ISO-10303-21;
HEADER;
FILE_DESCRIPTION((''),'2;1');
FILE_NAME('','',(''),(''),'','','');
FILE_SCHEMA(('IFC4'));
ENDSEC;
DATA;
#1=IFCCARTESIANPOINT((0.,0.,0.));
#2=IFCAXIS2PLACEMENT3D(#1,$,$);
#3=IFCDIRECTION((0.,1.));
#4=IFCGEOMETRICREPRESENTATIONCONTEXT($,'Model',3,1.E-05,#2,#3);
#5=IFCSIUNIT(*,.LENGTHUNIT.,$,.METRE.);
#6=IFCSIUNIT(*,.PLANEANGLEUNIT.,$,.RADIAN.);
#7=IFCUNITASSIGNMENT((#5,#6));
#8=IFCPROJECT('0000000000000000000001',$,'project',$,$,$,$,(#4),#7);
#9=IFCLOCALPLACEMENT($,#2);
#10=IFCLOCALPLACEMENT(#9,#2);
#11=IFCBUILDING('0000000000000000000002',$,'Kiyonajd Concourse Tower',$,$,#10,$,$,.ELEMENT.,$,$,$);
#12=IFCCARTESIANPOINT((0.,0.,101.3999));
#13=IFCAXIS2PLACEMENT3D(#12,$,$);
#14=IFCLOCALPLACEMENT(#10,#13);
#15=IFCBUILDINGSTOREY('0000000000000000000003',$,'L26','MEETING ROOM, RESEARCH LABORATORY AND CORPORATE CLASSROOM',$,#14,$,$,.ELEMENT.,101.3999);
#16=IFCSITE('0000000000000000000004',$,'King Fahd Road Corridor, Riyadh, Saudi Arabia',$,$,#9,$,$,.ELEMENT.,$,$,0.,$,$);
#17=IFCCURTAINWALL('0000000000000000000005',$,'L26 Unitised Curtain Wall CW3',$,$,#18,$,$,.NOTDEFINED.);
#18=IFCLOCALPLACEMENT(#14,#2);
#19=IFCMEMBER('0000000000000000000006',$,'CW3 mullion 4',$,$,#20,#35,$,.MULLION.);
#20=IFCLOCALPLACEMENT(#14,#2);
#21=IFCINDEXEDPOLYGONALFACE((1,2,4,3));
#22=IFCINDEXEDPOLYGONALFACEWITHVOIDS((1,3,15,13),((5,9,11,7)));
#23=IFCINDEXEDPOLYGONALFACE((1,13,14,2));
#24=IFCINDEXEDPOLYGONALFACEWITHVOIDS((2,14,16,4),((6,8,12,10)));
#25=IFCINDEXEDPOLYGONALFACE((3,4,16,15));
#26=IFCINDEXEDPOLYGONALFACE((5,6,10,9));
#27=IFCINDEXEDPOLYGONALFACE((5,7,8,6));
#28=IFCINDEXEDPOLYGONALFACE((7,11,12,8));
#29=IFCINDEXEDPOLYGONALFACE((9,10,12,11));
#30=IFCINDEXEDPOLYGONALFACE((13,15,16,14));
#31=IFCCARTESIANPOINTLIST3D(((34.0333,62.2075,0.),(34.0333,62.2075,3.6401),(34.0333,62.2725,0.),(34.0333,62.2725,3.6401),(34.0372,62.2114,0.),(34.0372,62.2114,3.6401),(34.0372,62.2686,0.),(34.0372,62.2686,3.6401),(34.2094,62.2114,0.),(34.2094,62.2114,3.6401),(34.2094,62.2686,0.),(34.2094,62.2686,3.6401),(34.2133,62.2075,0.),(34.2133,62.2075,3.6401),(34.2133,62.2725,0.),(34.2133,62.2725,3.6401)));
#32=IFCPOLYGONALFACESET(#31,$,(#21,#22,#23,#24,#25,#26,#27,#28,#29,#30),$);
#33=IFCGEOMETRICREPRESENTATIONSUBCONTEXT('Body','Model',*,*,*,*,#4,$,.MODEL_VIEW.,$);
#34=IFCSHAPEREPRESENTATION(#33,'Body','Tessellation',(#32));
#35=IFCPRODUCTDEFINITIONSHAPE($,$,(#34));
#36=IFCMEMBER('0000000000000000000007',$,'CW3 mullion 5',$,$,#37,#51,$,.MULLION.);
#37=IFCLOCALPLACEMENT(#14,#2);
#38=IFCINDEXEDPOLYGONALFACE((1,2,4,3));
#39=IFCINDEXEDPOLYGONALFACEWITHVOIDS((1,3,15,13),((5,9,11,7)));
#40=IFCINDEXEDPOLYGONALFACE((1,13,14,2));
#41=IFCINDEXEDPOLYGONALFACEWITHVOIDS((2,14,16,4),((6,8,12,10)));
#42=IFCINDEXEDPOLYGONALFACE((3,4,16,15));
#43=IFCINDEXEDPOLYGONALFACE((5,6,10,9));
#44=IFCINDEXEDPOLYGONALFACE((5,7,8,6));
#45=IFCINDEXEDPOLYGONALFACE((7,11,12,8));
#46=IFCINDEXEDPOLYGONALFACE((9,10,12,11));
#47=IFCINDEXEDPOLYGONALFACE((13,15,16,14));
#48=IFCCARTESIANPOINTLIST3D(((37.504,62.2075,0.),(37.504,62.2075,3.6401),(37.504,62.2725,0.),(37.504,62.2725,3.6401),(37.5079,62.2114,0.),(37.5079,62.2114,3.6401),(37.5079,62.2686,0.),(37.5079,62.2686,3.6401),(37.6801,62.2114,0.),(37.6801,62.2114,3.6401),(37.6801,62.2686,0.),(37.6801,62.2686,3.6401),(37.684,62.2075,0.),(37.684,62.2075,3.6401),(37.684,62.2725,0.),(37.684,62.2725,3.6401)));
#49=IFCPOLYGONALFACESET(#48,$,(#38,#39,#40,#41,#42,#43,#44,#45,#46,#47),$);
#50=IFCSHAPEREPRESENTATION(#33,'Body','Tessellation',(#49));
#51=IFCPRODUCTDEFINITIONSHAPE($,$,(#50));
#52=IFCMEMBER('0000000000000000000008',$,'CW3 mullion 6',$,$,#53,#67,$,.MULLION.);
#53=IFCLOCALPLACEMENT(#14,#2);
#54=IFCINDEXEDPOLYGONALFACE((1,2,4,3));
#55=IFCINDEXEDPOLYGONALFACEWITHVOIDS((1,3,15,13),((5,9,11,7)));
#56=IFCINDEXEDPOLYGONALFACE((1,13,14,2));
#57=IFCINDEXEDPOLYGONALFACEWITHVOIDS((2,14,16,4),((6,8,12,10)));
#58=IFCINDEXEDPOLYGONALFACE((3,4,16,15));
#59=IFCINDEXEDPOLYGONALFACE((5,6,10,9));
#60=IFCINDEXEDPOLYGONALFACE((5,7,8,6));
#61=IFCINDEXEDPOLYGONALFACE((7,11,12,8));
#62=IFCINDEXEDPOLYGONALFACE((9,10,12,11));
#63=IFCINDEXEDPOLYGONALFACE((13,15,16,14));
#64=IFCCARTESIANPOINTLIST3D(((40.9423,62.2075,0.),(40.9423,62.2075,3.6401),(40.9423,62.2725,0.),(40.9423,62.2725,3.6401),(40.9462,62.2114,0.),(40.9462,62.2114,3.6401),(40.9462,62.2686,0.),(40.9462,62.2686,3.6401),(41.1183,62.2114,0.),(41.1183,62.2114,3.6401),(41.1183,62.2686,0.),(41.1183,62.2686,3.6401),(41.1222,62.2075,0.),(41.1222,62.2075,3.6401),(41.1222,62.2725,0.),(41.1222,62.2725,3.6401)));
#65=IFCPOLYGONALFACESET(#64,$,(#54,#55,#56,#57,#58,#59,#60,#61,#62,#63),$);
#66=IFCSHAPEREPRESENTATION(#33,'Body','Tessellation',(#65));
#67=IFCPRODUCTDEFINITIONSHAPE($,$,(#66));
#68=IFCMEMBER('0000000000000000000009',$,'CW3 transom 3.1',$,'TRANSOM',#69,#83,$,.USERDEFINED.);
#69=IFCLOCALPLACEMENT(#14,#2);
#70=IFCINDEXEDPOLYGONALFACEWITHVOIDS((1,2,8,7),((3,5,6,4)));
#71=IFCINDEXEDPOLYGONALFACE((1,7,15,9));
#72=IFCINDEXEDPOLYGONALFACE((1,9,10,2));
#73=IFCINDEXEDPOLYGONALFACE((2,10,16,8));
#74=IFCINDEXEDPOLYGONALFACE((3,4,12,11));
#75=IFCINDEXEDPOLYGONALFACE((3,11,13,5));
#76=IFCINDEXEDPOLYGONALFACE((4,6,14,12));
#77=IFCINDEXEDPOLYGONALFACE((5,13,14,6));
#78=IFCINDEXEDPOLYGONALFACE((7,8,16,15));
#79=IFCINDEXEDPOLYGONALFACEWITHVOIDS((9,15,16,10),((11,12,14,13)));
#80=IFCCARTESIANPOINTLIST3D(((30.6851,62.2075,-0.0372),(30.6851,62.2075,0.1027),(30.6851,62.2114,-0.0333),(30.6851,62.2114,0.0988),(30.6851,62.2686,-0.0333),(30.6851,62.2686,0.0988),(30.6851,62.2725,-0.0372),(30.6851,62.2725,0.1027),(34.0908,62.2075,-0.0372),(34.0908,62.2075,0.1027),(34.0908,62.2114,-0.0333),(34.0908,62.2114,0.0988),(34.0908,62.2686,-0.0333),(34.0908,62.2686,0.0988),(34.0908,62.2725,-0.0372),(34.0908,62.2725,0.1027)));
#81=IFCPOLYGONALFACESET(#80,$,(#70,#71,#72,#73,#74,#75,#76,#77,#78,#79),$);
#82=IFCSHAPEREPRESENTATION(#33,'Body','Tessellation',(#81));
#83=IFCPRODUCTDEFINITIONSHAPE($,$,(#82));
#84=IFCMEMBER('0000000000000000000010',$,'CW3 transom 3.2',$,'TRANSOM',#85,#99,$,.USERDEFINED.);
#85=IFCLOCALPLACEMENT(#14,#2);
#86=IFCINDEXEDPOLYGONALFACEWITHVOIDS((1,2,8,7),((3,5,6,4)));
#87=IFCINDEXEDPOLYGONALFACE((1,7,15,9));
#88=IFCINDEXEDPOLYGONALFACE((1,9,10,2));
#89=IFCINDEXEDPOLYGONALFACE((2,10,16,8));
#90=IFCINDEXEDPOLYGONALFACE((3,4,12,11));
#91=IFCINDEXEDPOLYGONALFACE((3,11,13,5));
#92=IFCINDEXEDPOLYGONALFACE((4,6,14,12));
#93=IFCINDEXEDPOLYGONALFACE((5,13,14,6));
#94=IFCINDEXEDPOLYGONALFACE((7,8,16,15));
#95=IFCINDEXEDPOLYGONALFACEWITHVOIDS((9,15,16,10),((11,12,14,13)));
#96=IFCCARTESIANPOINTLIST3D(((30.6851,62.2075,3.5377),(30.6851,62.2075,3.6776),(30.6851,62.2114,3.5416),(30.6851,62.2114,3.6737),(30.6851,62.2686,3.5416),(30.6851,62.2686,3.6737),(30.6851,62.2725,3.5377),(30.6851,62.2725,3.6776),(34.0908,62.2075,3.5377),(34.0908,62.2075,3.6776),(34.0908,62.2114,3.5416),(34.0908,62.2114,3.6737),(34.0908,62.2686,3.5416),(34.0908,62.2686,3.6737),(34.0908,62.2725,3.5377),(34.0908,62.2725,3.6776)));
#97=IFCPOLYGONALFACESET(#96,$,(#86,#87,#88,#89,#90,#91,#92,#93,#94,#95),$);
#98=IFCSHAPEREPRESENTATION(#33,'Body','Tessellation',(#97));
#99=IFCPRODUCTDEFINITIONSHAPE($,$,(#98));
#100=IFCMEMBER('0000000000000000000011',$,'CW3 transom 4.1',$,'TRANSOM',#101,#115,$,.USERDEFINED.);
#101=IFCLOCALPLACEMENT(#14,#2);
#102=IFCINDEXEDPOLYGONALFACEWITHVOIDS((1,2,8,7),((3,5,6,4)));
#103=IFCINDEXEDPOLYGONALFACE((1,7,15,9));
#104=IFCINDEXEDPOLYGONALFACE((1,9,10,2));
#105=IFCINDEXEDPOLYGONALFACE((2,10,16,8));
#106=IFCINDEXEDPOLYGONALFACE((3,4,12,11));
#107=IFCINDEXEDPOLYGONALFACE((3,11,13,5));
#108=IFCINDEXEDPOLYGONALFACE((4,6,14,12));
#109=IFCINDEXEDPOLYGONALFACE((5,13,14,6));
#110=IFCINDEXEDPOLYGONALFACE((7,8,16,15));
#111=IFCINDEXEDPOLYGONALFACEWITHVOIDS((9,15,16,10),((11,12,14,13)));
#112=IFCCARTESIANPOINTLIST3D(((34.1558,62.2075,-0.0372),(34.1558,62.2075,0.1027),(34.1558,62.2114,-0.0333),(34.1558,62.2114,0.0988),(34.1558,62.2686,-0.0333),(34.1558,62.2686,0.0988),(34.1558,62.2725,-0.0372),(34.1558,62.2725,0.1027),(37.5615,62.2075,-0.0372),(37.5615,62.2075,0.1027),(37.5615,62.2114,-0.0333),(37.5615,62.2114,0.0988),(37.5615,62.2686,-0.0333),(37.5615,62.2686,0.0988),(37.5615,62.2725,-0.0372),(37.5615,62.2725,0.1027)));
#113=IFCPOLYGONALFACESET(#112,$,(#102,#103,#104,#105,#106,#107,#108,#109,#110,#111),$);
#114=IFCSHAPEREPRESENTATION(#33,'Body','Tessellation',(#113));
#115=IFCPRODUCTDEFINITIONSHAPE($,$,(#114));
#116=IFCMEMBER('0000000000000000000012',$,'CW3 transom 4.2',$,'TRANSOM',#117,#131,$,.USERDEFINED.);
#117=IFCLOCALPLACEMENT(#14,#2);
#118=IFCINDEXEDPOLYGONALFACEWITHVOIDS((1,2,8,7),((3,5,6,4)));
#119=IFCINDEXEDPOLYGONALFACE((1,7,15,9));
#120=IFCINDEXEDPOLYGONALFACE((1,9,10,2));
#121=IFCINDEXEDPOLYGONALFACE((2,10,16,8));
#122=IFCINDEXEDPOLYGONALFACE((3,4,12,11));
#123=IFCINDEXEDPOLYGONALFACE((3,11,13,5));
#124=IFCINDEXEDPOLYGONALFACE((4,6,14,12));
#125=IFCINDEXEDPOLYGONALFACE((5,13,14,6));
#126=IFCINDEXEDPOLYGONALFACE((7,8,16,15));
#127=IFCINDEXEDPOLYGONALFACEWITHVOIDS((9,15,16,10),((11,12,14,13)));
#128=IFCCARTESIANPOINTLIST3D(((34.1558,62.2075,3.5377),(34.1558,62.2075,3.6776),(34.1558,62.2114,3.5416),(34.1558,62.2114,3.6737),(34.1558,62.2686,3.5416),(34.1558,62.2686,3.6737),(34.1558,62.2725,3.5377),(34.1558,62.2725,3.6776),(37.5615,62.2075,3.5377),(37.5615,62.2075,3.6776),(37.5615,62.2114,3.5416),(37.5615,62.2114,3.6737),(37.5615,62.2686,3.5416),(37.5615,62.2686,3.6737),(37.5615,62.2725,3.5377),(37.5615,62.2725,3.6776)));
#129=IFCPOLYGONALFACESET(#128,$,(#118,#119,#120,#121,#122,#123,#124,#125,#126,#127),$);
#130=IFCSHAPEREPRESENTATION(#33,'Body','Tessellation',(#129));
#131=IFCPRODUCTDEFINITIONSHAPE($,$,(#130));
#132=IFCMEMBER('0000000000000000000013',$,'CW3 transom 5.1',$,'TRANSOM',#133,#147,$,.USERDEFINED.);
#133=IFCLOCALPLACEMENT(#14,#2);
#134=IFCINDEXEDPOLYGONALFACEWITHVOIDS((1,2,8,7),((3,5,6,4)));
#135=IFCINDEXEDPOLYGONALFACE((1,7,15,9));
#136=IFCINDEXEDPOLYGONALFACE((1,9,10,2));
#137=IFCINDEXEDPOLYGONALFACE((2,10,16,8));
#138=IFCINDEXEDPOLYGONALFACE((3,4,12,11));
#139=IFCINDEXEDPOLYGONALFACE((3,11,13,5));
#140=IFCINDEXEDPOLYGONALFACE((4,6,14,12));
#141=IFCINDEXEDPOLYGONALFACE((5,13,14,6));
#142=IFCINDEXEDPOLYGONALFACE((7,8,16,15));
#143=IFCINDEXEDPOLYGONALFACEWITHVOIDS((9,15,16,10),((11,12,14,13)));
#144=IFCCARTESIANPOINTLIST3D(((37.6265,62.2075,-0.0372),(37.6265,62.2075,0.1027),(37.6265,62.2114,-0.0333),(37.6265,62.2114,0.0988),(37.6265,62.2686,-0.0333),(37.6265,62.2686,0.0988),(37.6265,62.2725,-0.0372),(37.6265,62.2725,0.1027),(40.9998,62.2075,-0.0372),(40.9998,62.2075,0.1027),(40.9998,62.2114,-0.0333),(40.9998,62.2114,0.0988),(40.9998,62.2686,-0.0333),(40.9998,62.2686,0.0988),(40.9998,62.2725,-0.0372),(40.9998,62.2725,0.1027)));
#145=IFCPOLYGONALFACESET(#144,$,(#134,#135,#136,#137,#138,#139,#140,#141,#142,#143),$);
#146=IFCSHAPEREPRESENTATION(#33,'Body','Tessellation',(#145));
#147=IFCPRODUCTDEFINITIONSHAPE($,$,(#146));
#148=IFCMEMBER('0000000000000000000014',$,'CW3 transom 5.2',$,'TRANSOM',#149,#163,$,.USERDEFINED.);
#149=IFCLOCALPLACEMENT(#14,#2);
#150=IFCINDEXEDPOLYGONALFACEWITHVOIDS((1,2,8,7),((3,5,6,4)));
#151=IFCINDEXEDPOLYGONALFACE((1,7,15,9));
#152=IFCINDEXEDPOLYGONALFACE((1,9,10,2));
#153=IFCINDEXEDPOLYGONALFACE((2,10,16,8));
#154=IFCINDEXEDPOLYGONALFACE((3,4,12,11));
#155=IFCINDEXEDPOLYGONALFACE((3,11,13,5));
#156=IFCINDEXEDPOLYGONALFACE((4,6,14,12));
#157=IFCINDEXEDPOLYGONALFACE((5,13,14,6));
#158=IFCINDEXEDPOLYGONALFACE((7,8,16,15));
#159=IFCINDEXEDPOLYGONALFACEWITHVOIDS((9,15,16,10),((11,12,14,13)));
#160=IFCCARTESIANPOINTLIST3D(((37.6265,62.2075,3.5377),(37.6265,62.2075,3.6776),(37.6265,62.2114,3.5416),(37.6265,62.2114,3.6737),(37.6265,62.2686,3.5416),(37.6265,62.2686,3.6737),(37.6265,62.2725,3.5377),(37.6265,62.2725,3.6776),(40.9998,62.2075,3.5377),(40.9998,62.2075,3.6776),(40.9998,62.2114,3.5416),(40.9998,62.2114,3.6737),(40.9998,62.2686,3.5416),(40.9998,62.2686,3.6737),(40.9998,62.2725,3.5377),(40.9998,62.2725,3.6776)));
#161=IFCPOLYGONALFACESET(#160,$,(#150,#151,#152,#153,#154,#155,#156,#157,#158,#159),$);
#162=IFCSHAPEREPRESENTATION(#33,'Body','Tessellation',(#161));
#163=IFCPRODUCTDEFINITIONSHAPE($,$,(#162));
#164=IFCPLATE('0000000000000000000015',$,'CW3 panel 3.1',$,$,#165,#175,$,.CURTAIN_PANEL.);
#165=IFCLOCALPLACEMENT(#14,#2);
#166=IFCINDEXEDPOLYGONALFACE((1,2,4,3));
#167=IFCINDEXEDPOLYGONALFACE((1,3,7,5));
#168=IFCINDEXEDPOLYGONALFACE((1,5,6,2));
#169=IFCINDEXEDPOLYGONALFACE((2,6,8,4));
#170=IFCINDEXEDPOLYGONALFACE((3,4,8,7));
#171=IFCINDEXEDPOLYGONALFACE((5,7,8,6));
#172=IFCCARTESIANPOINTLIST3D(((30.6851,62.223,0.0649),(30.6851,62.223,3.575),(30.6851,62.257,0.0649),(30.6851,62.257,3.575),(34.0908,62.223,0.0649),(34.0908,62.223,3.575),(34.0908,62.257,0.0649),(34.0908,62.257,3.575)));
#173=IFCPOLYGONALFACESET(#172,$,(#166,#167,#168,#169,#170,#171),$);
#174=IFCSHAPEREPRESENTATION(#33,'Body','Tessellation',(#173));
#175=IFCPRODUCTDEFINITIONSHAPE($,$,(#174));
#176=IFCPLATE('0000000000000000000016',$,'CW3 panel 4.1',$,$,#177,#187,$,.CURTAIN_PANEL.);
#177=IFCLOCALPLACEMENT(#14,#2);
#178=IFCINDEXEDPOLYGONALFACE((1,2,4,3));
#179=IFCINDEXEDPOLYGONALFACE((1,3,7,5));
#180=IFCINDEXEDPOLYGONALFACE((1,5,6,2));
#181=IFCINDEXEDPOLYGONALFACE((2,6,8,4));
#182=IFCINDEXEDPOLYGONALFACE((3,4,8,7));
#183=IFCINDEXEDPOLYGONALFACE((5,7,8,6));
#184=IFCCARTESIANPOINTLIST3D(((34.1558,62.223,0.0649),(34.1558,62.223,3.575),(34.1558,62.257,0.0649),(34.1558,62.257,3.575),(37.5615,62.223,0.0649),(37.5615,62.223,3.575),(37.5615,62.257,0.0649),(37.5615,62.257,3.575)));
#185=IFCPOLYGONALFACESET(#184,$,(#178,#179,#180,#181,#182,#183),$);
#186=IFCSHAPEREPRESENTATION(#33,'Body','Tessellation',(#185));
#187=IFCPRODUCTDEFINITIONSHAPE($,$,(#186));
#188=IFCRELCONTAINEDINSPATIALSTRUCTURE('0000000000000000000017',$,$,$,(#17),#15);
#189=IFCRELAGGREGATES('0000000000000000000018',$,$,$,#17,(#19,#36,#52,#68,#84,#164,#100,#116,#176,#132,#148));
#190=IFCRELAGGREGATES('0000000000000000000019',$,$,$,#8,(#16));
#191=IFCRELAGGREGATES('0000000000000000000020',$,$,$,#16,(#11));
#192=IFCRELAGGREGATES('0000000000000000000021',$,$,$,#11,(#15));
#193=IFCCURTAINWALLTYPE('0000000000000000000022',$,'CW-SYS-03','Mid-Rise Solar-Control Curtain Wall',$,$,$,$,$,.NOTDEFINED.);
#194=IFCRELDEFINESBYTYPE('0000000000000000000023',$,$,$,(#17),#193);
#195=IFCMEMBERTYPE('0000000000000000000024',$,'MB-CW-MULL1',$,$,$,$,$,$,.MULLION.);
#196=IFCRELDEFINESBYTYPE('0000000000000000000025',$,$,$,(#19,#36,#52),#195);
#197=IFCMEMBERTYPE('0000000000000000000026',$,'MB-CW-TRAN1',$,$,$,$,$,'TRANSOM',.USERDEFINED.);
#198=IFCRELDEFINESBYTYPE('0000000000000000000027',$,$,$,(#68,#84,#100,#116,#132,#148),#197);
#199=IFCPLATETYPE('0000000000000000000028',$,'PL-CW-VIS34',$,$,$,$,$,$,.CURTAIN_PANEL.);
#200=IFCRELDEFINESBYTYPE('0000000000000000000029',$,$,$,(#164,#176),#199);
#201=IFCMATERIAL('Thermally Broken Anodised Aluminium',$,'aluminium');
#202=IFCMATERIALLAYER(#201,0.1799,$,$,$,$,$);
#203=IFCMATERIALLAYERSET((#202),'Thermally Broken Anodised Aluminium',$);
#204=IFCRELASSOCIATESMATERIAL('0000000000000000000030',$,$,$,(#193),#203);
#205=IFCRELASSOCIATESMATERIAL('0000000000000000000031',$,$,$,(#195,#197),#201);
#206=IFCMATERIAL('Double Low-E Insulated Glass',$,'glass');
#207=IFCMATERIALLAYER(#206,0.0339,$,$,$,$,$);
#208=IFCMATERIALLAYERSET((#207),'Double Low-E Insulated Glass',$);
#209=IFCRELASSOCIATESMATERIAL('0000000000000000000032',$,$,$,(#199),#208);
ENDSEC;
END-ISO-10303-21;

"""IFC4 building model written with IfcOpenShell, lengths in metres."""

from ifc_helpers import new_model, si_unit, direction, frame, origin, origin_2d, place, context, subcontext, project, spatial, rectangle, hollow_rectangle, extrude, material, layer, layer_set, material_profile, profile_set, type_object, element, aggregate, save


model = new_model("IFC4")

# Units and contexts
model_context = context("Model", 3, precision=1e-05, world=origin(), true_north=direction((0.0, 1.0)))
body_context = subcontext(model_context, "Body", "Model", "MODEL_VIEW")
ifc_project = project(units=[si_unit("LENGTHUNIT", "METRE"), si_unit("PLANEANGLEUNIT", "RADIAN")], contexts=[model_context])

# Site, building, storey
site_placement = place(None, origin())
site = spatial("IfcSite", under=ifc_project, at=site_placement, Name="King Fahd Road Corridor, Riyadh, Saudi Arabia", CompositionType="ELEMENT", RefElevation=0.0)
building_placement = place(site_placement, origin())
building = spatial("IfcBuilding", under=site, at=building_placement, Name="Kiyonajd Concourse Tower", CompositionType="ELEMENT")
storey_placement = place(building_placement, frame((0.0, 0.0, 101.3999)))
storey = spatial("IfcBuildingStorey", under=building, at=storey_placement, Name="L26", Description="MEETING ROOM, RESEARCH LABORATORY AND CORPORATE CLASSROOM", CompositionType="ELEMENT", Elevation=101.3999)

# Curtain wall, members, plates
ifc_material_1 = material(Name="Thermally Broken Anodised Aluminium", Category="aluminium")
ifc_layer_1 = layer(ifc_material_1, 0.1799)
ifc_layer_set_1 = layer_set([ifc_layer_1], Name="Thermally Broken Anodised Aluminium")
curtain_wall_type = type_object("IfcCurtainWallType", Name="CW-SYS-03", Description="Mid-Rise Solar-Control Curtain Wall", PredefinedType="NOTDEFINED", material=ifc_layer_set_1)
curtain_wall_placement = place(storey_placement, origin())
curtain_wall = element("IfcCurtainWall", 1, at=curtain_wall_placement, inside=storey, type_object=curtain_wall_type, Name="L26 Unitised Curtain Wall CW3", PredefinedType="NOTDEFINED")
ifc_material_profile_1 = material_profile(ifc_material_1, hollow_rectangle(XDim=0.0649, YDim=0.1799, WallThickness=0.0039, at=origin_2d()), Name="MULL-65x180")
ifc_profile_set_1 = profile_set([ifc_material_profile_1], Name="Thermally Broken Anodised Aluminium")
member_type_1 = type_object("IfcMemberType", Name="MB-CW-MULL1", PredefinedType="MULLION", material=ifc_profile_set_1)
member_1_placement = place(storey_placement, frame((34.1233, 62.24, 0.0), z_axis=(0.0, 0.0, 1.0), x_axis=(0.0, 1.0, 0.0)))
member_1 = element("IfcMember", 2, at=member_1_placement, type_object=member_type_1, Name="CW3 mullion 4", PredefinedType="MULLION", context=body_context, shape_type="SweptSolid", body=[
    extrude(hollow_rectangle(XDim=0.0649, YDim=0.1799, WallThickness=0.0039, at=origin_2d()), origin(), (0.0, 0.0, 1.0), 3.6401),
])
member_2_placement = place(storey_placement, frame((37.594, 62.24, 0.0), z_axis=(0.0, 0.0, 1.0), x_axis=(0.0, 1.0, 0.0)))
member_2 = element("IfcMember", 3, at=member_2_placement, type_object=member_type_1, Name="CW3 mullion 5", PredefinedType="MULLION", context=body_context, shape_type="SweptSolid", body=[
    extrude(hollow_rectangle(XDim=0.0649, YDim=0.1799, WallThickness=0.0039, at=origin_2d()), origin(), (0.0, 0.0, 1.0), 3.6401),
])
member_3_placement = place(storey_placement, frame((41.0322, 62.24, 0.0), z_axis=(0.0, 0.0, 1.0), x_axis=(0.0, 1.0, 0.0)))
member_3 = element("IfcMember", 4, at=member_3_placement, type_object=member_type_1, Name="CW3 mullion 6", PredefinedType="MULLION", context=body_context, shape_type="SweptSolid", body=[
    extrude(hollow_rectangle(XDim=0.0649, YDim=0.1799, WallThickness=0.0039, at=origin_2d()), origin(), (0.0, 0.0, 1.0), 3.6401),
])
ifc_material_profile_2 = material_profile(ifc_material_1, hollow_rectangle(XDim=0.0649, YDim=0.1399, WallThickness=0.0039, at=origin_2d()), Name="TRAN-65x140")
ifc_profile_set_2 = profile_set([ifc_material_profile_2], Name="Thermally Broken Anodised Aluminium")
member_type_2 = type_object("IfcMemberType", Name="MB-CW-TRAN1", ElementType="TRANSOM", PredefinedType="USERDEFINED", material=ifc_profile_set_2)
member_4_placement = place(storey_placement, frame((30.6851, 62.24, 0.0327), z_axis=(1.0, 0.0, 0.0), x_axis=(0.0, 1.0, 0.0)))
member_4 = element("IfcMember", 5, at=member_4_placement, type_object=member_type_2, Name="CW3 transom 3.1", ObjectType="TRANSOM", PredefinedType="USERDEFINED", context=body_context, shape_type="SweptSolid", body=[
    extrude(hollow_rectangle(XDim=0.0649, YDim=0.1399, WallThickness=0.0039, at=origin_2d()), origin(), (0.0, 0.0, 1.0), 3.4058),
])
member_5_placement = place(storey_placement, frame((30.6851, 62.24, 3.6077), z_axis=(1.0, 0.0, 0.0), x_axis=(0.0, 1.0, 0.0)))
member_5 = element("IfcMember", 6, at=member_5_placement, type_object=member_type_2, Name="CW3 transom 3.2", ObjectType="TRANSOM", PredefinedType="USERDEFINED", context=body_context, shape_type="SweptSolid", body=[
    extrude(hollow_rectangle(XDim=0.0649, YDim=0.1399, WallThickness=0.0039, at=origin_2d()), origin(), (0.0, 0.0, 1.0), 3.4058),
])
member_6_placement = place(storey_placement, frame((34.1558, 62.24, 0.0327), z_axis=(1.0, 0.0, 0.0), x_axis=(0.0, 1.0, 0.0)))
member_6 = element("IfcMember", 7, at=member_6_placement, type_object=member_type_2, Name="CW3 transom 4.1", ObjectType="TRANSOM", PredefinedType="USERDEFINED", context=body_context, shape_type="SweptSolid", body=[
    extrude(hollow_rectangle(XDim=0.0649, YDim=0.1399, WallThickness=0.0039, at=origin_2d()), origin(), (0.0, 0.0, 1.0), 3.4058),
])
member_7_placement = place(storey_placement, frame((34.1558, 62.24, 3.6077), z_axis=(1.0, 0.0, 0.0), x_axis=(0.0, 1.0, 0.0)))
member_7 = element("IfcMember", 8, at=member_7_placement, type_object=member_type_2, Name="CW3 transom 4.2", ObjectType="TRANSOM", PredefinedType="USERDEFINED", context=body_context, shape_type="SweptSolid", body=[
    extrude(hollow_rectangle(XDim=0.0649, YDim=0.1399, WallThickness=0.0039, at=origin_2d()), origin(), (0.0, 0.0, 1.0), 3.4058),
])
member_8_placement = place(storey_placement, frame((37.6265, 62.24, 0.0327), z_axis=(1.0, 0.0, 0.0), x_axis=(0.0, 1.0, 0.0)))
member_8 = element("IfcMember", 9, at=member_8_placement, type_object=member_type_2, Name="CW3 transom 5.1", ObjectType="TRANSOM", PredefinedType="USERDEFINED", context=body_context, shape_type="SweptSolid", body=[
    extrude(hollow_rectangle(XDim=0.0649, YDim=0.1399, WallThickness=0.0039, at=origin_2d()), origin(), (0.0, 0.0, 1.0), 3.3733),
])
member_9_placement = place(storey_placement, frame((37.6265, 62.24, 3.6077), z_axis=(1.0, 0.0, 0.0), x_axis=(0.0, 1.0, 0.0)))
member_9 = element("IfcMember", 10, at=member_9_placement, type_object=member_type_2, Name="CW3 transom 5.2", ObjectType="TRANSOM", PredefinedType="USERDEFINED", context=body_context, shape_type="SweptSolid", body=[
    extrude(hollow_rectangle(XDim=0.0649, YDim=0.1399, WallThickness=0.0039, at=origin_2d()), origin(), (0.0, 0.0, 1.0), 3.3733),
])
ifc_material_2 = material(Name="Double Low-E Insulated Glass", Category="glass")
ifc_layer_2 = layer(ifc_material_2, 0.0339)
ifc_layer_set_2 = layer_set([ifc_layer_2], Name="Double Low-E Insulated Glass")
plate_type_1 = type_object("IfcPlateType", Name="PL-CW-VIS34", PredefinedType="CURTAIN_PANEL", material=ifc_layer_set_2)
plate_1_placement = place(storey_placement, frame((32.3879, 62.24, 0.0649), z_axis=(0.0, 0.0, 1.0), x_axis=(1.0, 0.0, 0.0)))
plate_1 = element("IfcPlate", 11, at=plate_1_placement, type_object=plate_type_1, Name="CW3 panel 3.1", PredefinedType="CURTAIN_PANEL", context=body_context, shape_type="SweptSolid", body=[
    extrude(rectangle(XDim=3.4058, YDim=0.0339, at=origin_2d()), origin(), (0.0, 0.0, 1.0), 3.51),
])
plate_2_placement = place(storey_placement, frame((35.8586, 62.24, 0.0649), z_axis=(0.0, 0.0, 1.0), x_axis=(1.0, 0.0, 0.0)))
plate_2 = element("IfcPlate", 12, at=plate_2_placement, type_object=plate_type_1, Name="CW3 panel 4.1", PredefinedType="CURTAIN_PANEL", context=body_context, shape_type="SweptSolid", body=[
    extrude(rectangle(XDim=3.4058, YDim=0.0339, at=origin_2d()), origin(), (0.0, 0.0, 1.0), 3.51),
])
aggregate(curtain_wall, [member_1, member_2, member_3, member_4, member_5, plate_1, member_6, member_7, plate_2, member_8, member_9])

save(model, "model.ifc")
